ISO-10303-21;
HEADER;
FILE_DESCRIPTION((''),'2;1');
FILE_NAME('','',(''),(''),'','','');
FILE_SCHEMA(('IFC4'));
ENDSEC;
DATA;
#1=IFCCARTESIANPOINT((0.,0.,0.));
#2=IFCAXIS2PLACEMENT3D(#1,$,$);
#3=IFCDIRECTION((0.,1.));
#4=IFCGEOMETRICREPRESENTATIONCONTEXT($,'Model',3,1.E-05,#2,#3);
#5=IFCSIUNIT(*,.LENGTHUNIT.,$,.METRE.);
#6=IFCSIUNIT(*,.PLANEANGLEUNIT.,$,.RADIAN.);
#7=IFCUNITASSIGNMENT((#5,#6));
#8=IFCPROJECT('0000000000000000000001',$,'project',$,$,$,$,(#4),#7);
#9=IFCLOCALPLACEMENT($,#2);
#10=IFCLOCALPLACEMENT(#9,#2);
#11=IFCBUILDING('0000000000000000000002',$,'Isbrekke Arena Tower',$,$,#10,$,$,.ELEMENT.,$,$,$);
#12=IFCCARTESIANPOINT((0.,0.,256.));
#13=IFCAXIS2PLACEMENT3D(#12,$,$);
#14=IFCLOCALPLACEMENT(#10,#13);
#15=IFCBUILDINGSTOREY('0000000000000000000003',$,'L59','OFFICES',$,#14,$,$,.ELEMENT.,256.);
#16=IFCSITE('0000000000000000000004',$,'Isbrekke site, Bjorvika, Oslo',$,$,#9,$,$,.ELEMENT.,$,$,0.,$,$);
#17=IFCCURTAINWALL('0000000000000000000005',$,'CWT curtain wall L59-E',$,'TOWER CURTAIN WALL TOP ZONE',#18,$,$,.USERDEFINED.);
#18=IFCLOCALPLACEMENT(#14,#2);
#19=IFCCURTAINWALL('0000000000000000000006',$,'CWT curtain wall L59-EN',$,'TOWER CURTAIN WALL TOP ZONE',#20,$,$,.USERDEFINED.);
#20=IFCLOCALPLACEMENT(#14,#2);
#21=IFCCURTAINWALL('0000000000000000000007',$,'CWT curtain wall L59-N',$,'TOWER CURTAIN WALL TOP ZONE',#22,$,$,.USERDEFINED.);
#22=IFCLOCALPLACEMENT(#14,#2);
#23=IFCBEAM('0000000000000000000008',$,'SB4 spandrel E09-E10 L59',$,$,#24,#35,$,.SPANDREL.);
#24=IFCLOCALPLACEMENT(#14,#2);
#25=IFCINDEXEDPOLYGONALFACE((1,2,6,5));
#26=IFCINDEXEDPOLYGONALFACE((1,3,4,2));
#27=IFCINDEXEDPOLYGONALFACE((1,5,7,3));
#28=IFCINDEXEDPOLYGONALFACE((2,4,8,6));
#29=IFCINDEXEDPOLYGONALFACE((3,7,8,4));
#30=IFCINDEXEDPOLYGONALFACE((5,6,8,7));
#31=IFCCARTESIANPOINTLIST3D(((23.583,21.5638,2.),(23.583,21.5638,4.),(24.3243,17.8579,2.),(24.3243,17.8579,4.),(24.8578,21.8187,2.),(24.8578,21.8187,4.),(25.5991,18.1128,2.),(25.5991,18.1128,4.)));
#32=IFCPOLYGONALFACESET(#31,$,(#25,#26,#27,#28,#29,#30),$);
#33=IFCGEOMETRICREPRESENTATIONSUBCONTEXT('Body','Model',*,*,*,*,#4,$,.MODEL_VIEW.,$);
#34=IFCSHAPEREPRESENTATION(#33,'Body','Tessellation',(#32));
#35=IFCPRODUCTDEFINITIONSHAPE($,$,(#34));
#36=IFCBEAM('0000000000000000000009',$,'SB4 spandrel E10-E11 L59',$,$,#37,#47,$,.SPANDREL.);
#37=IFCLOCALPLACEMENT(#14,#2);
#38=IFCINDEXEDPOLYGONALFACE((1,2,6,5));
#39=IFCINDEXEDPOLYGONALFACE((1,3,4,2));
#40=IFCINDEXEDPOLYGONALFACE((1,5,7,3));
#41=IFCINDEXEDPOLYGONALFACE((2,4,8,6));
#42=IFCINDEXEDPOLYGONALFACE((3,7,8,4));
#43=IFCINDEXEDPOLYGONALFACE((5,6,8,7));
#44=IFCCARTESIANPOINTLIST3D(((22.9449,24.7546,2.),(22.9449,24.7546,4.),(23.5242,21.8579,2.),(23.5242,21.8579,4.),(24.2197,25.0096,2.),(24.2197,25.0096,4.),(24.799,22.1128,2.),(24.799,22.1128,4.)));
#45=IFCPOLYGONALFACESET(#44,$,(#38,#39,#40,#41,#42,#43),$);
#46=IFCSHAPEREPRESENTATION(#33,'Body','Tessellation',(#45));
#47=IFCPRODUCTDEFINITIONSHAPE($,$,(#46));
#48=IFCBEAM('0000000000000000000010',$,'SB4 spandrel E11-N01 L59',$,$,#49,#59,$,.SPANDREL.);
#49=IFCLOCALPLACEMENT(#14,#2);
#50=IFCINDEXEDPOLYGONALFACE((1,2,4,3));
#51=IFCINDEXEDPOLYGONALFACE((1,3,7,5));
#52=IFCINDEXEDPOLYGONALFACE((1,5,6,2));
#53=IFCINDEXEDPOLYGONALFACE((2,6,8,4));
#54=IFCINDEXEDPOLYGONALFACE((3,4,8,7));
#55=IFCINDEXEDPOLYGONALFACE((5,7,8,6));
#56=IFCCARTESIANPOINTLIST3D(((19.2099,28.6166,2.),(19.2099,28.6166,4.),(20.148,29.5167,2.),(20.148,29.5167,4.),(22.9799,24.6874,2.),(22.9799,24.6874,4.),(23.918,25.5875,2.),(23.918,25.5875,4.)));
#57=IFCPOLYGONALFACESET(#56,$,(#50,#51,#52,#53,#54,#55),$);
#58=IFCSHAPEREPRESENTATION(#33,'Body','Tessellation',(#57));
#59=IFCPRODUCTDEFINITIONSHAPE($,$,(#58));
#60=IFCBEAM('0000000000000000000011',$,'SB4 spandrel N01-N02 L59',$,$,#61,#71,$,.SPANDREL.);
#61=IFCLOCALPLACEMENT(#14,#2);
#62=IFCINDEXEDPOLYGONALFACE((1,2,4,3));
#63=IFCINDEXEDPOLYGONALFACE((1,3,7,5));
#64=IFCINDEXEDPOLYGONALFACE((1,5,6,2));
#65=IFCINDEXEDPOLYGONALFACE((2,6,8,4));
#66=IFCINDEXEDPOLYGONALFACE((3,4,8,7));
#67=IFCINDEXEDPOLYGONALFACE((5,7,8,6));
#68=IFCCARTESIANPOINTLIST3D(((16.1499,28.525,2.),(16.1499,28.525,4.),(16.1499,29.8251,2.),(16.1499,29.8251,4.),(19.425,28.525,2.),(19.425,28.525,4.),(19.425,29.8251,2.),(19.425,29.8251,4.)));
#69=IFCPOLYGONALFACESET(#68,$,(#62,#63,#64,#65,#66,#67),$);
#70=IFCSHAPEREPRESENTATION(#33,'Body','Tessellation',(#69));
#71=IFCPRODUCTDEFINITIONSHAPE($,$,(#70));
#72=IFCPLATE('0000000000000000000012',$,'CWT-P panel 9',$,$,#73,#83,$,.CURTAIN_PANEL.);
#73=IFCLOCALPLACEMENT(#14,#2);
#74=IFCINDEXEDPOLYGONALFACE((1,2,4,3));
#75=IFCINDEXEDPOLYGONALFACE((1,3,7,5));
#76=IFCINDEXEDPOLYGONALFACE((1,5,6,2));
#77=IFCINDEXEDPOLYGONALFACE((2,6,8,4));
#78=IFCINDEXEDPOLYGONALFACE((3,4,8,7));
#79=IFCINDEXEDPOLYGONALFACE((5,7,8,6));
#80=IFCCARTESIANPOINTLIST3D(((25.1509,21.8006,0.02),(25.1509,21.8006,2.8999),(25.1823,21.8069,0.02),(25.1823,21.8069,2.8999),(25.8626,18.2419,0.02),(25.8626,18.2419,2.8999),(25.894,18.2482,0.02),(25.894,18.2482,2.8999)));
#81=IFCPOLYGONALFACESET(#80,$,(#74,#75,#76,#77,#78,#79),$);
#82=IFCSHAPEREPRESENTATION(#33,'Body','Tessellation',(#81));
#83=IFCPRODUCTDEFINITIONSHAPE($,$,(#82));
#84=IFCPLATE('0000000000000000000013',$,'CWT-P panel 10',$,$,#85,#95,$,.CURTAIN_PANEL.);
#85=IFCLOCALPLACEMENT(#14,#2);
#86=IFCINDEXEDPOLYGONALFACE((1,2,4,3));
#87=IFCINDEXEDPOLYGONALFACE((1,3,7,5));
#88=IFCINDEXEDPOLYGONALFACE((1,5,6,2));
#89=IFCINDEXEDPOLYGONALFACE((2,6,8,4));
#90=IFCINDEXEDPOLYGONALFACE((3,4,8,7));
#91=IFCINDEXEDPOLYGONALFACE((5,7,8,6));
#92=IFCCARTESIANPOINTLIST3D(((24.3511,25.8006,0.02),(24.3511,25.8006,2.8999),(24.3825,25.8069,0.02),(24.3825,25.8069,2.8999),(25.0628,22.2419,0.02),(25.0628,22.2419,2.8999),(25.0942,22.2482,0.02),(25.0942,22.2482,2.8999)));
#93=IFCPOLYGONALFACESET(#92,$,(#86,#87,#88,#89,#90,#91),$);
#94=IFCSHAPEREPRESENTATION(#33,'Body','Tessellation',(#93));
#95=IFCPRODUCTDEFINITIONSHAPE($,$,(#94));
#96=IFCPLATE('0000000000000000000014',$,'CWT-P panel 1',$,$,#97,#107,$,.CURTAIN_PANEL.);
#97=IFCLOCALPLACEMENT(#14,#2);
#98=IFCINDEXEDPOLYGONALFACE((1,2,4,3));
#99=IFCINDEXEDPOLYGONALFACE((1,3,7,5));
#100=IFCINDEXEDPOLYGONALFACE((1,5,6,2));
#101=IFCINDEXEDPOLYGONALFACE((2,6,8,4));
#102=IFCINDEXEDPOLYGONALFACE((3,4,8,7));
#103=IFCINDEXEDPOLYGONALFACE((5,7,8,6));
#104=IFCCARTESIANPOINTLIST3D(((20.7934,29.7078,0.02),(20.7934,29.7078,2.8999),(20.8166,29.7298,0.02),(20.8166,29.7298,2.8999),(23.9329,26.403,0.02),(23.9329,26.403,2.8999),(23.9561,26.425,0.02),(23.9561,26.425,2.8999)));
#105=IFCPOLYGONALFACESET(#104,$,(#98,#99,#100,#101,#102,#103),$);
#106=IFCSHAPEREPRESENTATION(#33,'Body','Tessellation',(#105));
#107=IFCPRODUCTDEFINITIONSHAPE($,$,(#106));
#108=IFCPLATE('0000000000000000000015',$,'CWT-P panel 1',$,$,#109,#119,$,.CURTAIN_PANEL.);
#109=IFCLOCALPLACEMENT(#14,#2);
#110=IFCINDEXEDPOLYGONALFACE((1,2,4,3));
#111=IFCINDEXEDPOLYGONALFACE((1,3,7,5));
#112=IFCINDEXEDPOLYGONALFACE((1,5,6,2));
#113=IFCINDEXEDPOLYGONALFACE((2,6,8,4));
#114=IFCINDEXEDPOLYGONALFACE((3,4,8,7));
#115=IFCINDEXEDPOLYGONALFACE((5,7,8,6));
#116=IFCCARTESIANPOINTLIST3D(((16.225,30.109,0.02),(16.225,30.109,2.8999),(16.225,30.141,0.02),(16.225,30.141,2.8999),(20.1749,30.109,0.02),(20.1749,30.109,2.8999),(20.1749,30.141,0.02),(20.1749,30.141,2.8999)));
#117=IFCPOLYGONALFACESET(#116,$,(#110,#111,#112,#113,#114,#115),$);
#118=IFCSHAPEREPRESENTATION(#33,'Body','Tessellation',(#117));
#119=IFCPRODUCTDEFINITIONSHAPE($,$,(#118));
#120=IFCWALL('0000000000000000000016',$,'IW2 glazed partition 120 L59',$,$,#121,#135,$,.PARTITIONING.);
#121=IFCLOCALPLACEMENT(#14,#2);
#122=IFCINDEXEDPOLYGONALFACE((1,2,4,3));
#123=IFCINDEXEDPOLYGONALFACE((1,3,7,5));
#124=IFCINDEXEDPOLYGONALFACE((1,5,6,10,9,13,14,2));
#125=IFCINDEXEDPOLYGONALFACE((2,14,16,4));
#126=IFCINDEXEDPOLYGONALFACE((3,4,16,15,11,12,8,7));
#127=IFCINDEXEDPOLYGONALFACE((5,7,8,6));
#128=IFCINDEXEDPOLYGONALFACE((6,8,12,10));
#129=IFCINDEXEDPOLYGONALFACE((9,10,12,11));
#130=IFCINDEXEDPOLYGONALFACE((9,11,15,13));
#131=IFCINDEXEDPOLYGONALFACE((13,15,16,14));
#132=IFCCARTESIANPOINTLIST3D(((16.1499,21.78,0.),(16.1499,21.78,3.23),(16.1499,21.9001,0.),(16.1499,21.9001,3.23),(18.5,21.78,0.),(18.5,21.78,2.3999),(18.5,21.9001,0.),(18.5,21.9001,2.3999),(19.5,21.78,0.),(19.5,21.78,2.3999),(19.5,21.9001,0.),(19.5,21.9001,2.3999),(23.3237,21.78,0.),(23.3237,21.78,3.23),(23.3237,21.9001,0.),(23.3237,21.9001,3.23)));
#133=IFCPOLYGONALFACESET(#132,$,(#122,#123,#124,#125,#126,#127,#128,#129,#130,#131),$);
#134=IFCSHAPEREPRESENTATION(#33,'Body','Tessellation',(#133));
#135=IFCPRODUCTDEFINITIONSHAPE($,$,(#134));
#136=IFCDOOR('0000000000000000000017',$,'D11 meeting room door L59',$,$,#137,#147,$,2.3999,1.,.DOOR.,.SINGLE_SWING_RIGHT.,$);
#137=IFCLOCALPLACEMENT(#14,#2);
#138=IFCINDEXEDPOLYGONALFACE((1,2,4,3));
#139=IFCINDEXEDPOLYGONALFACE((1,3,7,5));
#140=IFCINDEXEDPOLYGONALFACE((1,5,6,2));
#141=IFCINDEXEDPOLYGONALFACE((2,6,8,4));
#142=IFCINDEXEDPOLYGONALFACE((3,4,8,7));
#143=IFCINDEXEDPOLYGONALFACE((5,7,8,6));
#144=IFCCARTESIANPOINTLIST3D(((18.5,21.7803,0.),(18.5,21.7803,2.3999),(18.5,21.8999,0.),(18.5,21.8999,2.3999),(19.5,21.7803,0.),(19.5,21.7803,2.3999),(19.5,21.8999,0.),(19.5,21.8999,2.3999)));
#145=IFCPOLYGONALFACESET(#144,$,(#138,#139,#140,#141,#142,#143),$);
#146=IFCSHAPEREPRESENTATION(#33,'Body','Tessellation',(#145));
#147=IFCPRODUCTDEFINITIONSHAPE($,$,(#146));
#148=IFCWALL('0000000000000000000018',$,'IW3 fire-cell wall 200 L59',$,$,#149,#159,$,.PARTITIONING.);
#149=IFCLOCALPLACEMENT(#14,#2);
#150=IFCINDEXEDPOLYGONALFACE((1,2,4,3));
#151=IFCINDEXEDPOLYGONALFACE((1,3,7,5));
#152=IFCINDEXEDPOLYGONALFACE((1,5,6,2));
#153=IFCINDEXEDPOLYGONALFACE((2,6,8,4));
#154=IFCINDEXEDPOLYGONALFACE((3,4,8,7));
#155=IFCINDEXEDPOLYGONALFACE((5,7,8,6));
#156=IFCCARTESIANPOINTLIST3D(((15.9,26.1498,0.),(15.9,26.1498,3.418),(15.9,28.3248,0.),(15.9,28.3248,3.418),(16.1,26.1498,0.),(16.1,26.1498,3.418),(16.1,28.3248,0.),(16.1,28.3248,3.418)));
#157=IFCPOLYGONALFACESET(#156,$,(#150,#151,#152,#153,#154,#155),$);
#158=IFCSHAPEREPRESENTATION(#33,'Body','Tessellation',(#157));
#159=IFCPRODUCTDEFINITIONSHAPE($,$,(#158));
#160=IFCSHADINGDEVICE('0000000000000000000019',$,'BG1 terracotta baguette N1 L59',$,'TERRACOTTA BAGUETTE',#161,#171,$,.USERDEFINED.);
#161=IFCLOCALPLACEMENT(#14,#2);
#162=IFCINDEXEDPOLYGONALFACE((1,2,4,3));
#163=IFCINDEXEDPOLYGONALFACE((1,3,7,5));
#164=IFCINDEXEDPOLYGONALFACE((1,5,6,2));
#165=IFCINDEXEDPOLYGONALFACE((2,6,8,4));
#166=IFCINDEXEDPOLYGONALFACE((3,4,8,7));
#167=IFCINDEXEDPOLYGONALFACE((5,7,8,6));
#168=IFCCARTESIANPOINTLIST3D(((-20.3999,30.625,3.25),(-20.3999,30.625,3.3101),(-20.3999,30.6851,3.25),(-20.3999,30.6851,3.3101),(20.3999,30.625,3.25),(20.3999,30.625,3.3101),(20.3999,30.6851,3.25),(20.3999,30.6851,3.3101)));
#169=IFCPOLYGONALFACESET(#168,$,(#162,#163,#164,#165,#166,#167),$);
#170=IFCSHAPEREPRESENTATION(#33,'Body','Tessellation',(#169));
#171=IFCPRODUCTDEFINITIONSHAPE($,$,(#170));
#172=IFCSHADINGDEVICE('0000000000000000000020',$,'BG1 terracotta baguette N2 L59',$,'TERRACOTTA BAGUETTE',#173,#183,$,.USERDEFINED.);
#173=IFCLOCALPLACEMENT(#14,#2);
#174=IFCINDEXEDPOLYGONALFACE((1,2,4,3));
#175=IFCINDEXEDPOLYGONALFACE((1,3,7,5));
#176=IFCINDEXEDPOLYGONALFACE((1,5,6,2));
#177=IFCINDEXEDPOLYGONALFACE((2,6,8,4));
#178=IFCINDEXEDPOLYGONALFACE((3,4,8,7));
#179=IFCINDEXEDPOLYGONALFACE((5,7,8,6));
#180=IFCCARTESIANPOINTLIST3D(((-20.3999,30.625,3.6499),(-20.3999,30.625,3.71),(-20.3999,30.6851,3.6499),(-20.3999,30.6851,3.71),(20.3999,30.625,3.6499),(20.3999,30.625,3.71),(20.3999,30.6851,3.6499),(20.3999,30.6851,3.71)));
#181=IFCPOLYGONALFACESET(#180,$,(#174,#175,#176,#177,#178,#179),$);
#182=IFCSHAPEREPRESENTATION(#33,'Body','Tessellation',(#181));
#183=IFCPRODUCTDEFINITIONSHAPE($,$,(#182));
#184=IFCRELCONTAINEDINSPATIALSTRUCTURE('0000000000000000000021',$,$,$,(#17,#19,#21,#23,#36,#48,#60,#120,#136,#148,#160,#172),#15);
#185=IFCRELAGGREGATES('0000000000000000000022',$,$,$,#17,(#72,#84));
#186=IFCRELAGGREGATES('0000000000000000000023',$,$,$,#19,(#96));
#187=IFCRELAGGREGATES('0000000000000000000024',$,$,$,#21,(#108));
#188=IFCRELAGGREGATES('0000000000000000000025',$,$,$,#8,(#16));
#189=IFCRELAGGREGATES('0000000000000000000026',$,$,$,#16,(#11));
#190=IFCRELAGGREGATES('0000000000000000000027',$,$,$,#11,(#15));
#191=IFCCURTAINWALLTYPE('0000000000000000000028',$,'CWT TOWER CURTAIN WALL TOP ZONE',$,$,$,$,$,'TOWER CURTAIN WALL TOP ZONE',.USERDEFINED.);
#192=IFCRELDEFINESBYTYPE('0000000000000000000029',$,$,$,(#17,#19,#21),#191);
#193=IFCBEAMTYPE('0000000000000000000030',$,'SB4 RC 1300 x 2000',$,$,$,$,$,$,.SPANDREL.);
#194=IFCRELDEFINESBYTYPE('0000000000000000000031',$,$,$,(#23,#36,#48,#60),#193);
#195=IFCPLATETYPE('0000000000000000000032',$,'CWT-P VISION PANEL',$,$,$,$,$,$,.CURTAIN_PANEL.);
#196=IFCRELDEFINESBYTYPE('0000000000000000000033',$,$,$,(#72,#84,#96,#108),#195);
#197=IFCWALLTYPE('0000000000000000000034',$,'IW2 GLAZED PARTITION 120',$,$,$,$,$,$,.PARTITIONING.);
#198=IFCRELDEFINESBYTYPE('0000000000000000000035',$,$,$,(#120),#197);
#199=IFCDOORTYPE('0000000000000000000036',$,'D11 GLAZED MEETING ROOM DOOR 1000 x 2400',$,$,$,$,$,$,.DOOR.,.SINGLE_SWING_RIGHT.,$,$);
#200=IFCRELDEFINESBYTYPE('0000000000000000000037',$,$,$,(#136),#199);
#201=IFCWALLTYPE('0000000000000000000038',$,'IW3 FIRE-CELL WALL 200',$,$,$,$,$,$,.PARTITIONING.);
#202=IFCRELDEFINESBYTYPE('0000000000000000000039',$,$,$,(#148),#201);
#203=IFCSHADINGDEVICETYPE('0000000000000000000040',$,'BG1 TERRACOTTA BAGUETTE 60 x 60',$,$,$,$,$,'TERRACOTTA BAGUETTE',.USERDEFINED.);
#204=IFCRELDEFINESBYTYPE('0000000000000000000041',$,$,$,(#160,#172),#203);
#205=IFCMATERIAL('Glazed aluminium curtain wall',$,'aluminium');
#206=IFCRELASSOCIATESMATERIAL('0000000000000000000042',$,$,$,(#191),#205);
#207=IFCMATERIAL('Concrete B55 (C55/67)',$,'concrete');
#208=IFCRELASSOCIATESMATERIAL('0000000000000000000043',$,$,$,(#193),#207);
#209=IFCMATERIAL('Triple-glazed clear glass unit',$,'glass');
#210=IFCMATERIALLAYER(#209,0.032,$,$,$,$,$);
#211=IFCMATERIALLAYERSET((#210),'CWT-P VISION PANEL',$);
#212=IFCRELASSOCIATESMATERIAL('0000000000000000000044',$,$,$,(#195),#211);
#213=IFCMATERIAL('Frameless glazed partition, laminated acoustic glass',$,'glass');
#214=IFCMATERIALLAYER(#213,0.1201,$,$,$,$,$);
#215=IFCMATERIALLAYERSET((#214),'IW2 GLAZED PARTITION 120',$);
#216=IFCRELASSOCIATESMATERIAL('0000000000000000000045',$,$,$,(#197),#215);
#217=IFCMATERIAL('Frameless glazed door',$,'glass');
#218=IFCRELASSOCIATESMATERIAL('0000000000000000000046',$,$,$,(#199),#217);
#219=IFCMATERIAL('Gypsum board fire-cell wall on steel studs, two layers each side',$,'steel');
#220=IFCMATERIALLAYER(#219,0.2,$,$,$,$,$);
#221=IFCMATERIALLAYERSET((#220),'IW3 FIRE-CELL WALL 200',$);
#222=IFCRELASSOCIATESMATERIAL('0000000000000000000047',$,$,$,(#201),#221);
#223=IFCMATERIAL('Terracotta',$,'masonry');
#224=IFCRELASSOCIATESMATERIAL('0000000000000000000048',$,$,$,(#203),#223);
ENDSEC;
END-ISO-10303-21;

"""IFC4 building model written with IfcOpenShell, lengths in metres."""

from ifc_helpers import new_model, si_unit, direction, frame, frame_2d, origin, origin_2d, place, context, subcontext, project, spatial, rectangle, extrude, material, layer, layer_set, material_profile, profile_set, type_object, element, fill, aggregate, save


model = new_model("IFC4")

# Units and contexts
model_context = context("Model", 3, precision=1e-05, world=origin(), true_north=direction((0.0, 1.0)))
body_context = subcontext(model_context, "Body", "Model", "MODEL_VIEW")
ifc_project = project(units=[si_unit("LENGTHUNIT", "METRE"), si_unit("PLANEANGLEUNIT", "RADIAN")], contexts=[model_context])

# Site, building, storey
site_placement = place(None, origin())
site = spatial("IfcSite", under=ifc_project, at=site_placement, Name="Isbrekke site, Bjorvika, Oslo", CompositionType="ELEMENT", RefElevation=0.0)
building_placement = place(site_placement, origin())
building = spatial("IfcBuilding", under=site, at=building_placement, Name="Isbrekke Arena Tower", CompositionType="ELEMENT")
storey_placement = place(building_placement, frame((0.0, 0.0, 256.0)))
storey = spatial("IfcBuildingStorey", under=building, at=storey_placement, Name="L59", Description="OFFICES", CompositionType="ELEMENT", Elevation=256.0)

# Curtain walls
ifc_material_1 = material(Name="Glazed aluminium curtain wall", Category="aluminium")
curtain_wall_type = type_object("IfcCurtainWallType", Name="CWT TOWER CURTAIN WALL TOP ZONE", ElementType="TOWER CURTAIN WALL TOP ZONE", PredefinedType="USERDEFINED", material=ifc_material_1)
curtain_wall_1_placement = place(storey_placement, origin())
curtain_wall_1 = element("IfcCurtainWall", 1, at=curtain_wall_1_placement, inside=storey, type_object=curtain_wall_type, Name="CWT curtain wall L59-E", ObjectType="TOWER CURTAIN WALL TOP ZONE", PredefinedType="USERDEFINED")
curtain_wall_2_placement = place(storey_placement, origin())
curtain_wall_2 = element("IfcCurtainWall", 2, at=curtain_wall_2_placement, inside=storey, type_object=curtain_wall_type, Name="CWT curtain wall L59-EN", ObjectType="TOWER CURTAIN WALL TOP ZONE", PredefinedType="USERDEFINED")
curtain_wall_3_placement = place(storey_placement, origin())
curtain_wall_3 = element("IfcCurtainWall", 3, at=curtain_wall_3_placement, inside=storey, type_object=curtain_wall_type, Name="CWT curtain wall L59-N", ObjectType="TOWER CURTAIN WALL TOP ZONE", PredefinedType="USERDEFINED")

# Beams
ifc_material_2 = material(Name="Concrete B55 (C55/67)", Category="concrete")
ifc_material_profile_1 = material_profile(ifc_material_2, rectangle(XDim=1.3, YDim=2.0, at=origin_2d()), Name="RC 1300x2000")
ifc_profile_set_1 = profile_set([ifc_material_profile_1], Name="Concrete B55 (C55/67)")
beam_type_1 = type_object("IfcBeamType", Name="SB4 RC 1300 x 2000", PredefinedType="SPANDREL", material=ifc_profile_set_1)
beam_1_placement = place(storey_placement, frame((24.9617, 17.9854, 3.0), z_axis=(-0.196129, 0.980578, 0.0), x_axis=(-0.980578, -0.196129, 0.0)))
element("IfcBeam", 4, at=beam_1_placement, inside=storey, type_object=beam_type_1, Name="SB4 spandrel E09-E10 L59", PredefinedType="SPANDREL", context=body_context, shape_type="SweptSolid", body=[
    extrude(rectangle(XDim=1.3, YDim=2.0, at=origin_2d()), origin(), (0.0, 0.0, 1.0), 3.7793),
])
beam_2_placement = place(storey_placement, frame((24.1616, 21.9854, 3.0), z_axis=(-0.196116, 0.980581, 0.0), x_axis=(-0.980581, -0.196116, 0.0)))
element("IfcBeam", 5, at=beam_2_placement, inside=storey, type_object=beam_type_1, Name="SB4 spandrel E10-E11 L59", PredefinedType="SPANDREL", context=body_context, shape_type="SweptSolid", body=[
    extrude(rectangle(XDim=1.3, YDim=2.0, at=origin_2d()), origin(), (0.0, 0.0, 1.0), 2.9541),
])
beam_3_placement = place(storey_placement, frame((23.449, 25.1375, 3.0), z_axis=(-0.69234, 0.721572, 0.0), x_axis=(-0.721572, -0.69234, 0.0)))
element("IfcBeam", 6, at=beam_3_placement, inside=storey, type_object=beam_type_1, Name="SB4 spandrel E11-N01 L59", PredefinedType="SPANDREL", context=body_context, shape_type="SweptSolid", body=[
    extrude(rectangle(XDim=1.3, YDim=2.0, at=origin_2d()), origin(), (0.0, 0.0, 1.0), 5.4453),
])
beam_4_placement = place(storey_placement, frame((19.425, 29.175, 3.0), z_axis=(-1.0, 0.0, 0.0), x_axis=(0.0, -1.0, 0.0)))
element("IfcBeam", 7, at=beam_4_placement, inside=storey, type_object=beam_type_1, Name="SB4 spandrel N01-N02 L59", PredefinedType="SPANDREL", context=body_context, shape_type="SweptSolid", body=[
    extrude(rectangle(XDim=1.3, YDim=2.0, at=origin_2d()), origin(), (0.0, 0.0, 1.0), 3.2751),
])

# Plates
ifc_material_3 = material(Name="Triple-glazed clear glass unit", Category="glass")
ifc_layer_1 = layer(ifc_material_3, 0.032)
ifc_layer_set_1 = layer_set([ifc_layer_1], Name="CWT-P VISION PANEL")
plate_type = type_object("IfcPlateType", Name="CWT-P VISION PANEL", PredefinedType="CURTAIN_PANEL", material=ifc_layer_set_1)
plate_1_placement = place(storey_placement, frame((25.5225, 20.0244, 0.02), z_axis=(0.0, 0.0, 1.0), x_axis=(-0.196116, 0.980581, 0.0)))
plate_1 = element("IfcPlate", 8, at=plate_1_placement, type_object=plate_type, Name="CWT-P panel 9", PredefinedType="CURTAIN_PANEL", context=body_context, shape_type="SweptSolid", body=[
    extrude(rectangle(XDim=3.6292, YDim=0.032, at=origin_2d()), origin(), (0.0, 0.0, 1.0), 2.8799),
])
plate_2_placement = place(storey_placement, frame((24.7227, 24.0244, 0.02), z_axis=(0.0, 0.0, 1.0), x_axis=(-0.196116, 0.980581, 0.0)))
plate_2 = element("IfcPlate", 9, at=plate_2_placement, type_object=plate_type, Name="CWT-P panel 10", PredefinedType="CURTAIN_PANEL", context=body_context, shape_type="SweptSolid", body=[
    extrude(rectangle(XDim=3.6292, YDim=0.032, at=origin_2d()), origin(), (0.0, 0.0, 1.0), 2.8799),
])
aggregate(curtain_wall_1, [plate_1, plate_2])
plate_3_placement = place(storey_placement, frame((22.3748, 28.0664, 0.02), z_axis=(0.0, 0.0, 1.0), x_axis=(-0.688749, 0.724999, 0.0)))
plate_3 = element("IfcPlate", 10, at=plate_3_placement, type_object=plate_type, Name="CWT-P panel 1", PredefinedType="CURTAIN_PANEL", context=body_context, shape_type="SweptSolid", body=[
    extrude(rectangle(XDim=4.5583, YDim=0.032, at=origin_2d()), origin(), (0.0, 0.0, 1.0), 2.8799),
])
aggregate(curtain_wall_2, [plate_3])
plate_4_placement = place(storey_placement, frame((18.2, 30.125, 0.02), z_axis=(0.0, 0.0, 1.0), x_axis=(-1.0, 0.0, 0.0)))
plate_4 = element("IfcPlate", 11, at=plate_4_placement, type_object=plate_type, Name="CWT-P panel 1", PredefinedType="CURTAIN_PANEL", context=body_context, shape_type="SweptSolid", body=[
    extrude(rectangle(XDim=3.95, YDim=0.032, at=origin_2d()), origin(), (0.0, 0.0, 1.0), 2.8799),
])
aggregate(curtain_wall_3, [plate_4])

# Wall, opening, door
ifc_material_4 = material(Name="Frameless glazed partition, laminated acoustic glass", Category="glass")
ifc_layer_2 = layer(ifc_material_4, 0.1201)
ifc_layer_set_2 = layer_set([ifc_layer_2], Name="IW2 GLAZED PARTITION 120")
wall_type_1 = type_object("IfcWallType", Name="IW2 GLAZED PARTITION 120", PredefinedType="PARTITIONING", material=ifc_layer_set_2)
wall_1_placement = place(storey_placement, frame((16.1499, 21.8401, 0.0), z_axis=(0.0, 0.0, 1.0), x_axis=(1.0, 0.0, 0.0)))
wall_1 = element("IfcWall", 12, at=wall_1_placement, inside=storey, type_object=wall_type_1, Name="IW2 glazed partition 120 L59", PredefinedType="PARTITIONING", context=body_context, shape_type="SweptSolid", body=[
    extrude(rectangle(XDim=7.1738, YDim=0.1201, at=frame_2d((3.5869, 0.0))), origin(), (0.0, 0.0, 1.0), 3.23),
])
opening_placement = place(wall_1_placement, frame((2.3501, 0.0, 0.0)))
opening = element("IfcOpeningElement", 13, at=opening_placement, cuts=wall_1, PredefinedType="OPENING", context=body_context, shape_type="SweptSolid", body=[
    extrude(rectangle(XDim=1.0, YDim=2.3999, at=frame_2d((0.5, 1.2))), frame((0.0, 0.075, 0.0), z_axis=(0.0, -1.0, 0.0), x_axis=(1.0, 0.0, 0.0)), (0.0, 0.0, 1.0), 0.1499),
])
ifc_material_5 = material(Name="Frameless glazed door", Category="glass")
door_type = type_object("IfcDoorType", Name="D11 GLAZED MEETING ROOM DOOR 1000 x 2400", OperationType="SINGLE_SWING_RIGHT", PredefinedType="DOOR", material=ifc_material_5)
door_placement = place(opening_placement, origin())
door = element("IfcDoor", 14, at=door_placement, inside=storey, type_object=door_type, Name="D11 meeting room door L59", OperationType="SINGLE_SWING_RIGHT", OverallHeight=2.3999, OverallWidth=1.0, PredefinedType="DOOR", context=body_context, shape_type="SweptSolid", body=[
    extrude(rectangle(XDim=1.0, YDim=2.3999, at=frame_2d((0.5, 1.2))), frame((0.0, 0.0598, 0.0), z_axis=(0.0, -1.0, 0.0), x_axis=(1.0, 0.0, 0.0)), (0.0, 0.0, 1.0), 0.1196),
])
fill(opening, door)

# Wall
ifc_material_6 = material(Name="Gypsum board fire-cell wall on steel studs, two layers each side", Category="steel")
ifc_layer_3 = layer(ifc_material_6, 0.2)
ifc_layer_set_3 = layer_set([ifc_layer_3], Name="IW3 FIRE-CELL WALL 200")
wall_type_2 = type_object("IfcWallType", Name="IW3 FIRE-CELL WALL 200", PredefinedType="PARTITIONING", material=ifc_layer_set_3)
wall_2_placement = place(storey_placement, frame((16.0, 26.1499, 0.0), z_axis=(0.0, 0.0, 1.0), x_axis=(0.0, 1.0, 0.0)))
element("IfcWall", 15, at=wall_2_placement, inside=storey, type_object=wall_type_2, Name="IW3 fire-cell wall 200 L59", PredefinedType="PARTITIONING", context=body_context, shape_type="SweptSolid", body=[
    extrude(rectangle(XDim=2.175, YDim=0.2, at=frame_2d((1.0874, 0.0))), origin(), (0.0, 0.0, 1.0), 3.418),
])

# Shading devices
ifc_material_7 = material(Name="Terracotta", Category="masonry")
ifc_material_profile_2 = material_profile(ifc_material_7, rectangle(XDim=0.0601, YDim=0.0601, at=origin_2d()), Name="BAGUETTE 60X60")
ifc_profile_set_2 = profile_set([ifc_material_profile_2], Name="Terracotta")
shading_device_type = type_object("IfcShadingDeviceType", Name="BG1 TERRACOTTA BAGUETTE 60 x 60", ElementType="TERRACOTTA BAGUETTE", PredefinedType="USERDEFINED", material=ifc_profile_set_2)
for number, where, z_axis, x_axis, name in (
    (16, (20.3999, 30.655, 3.28), (-1.0, 0.0, 0.0), (0.0, -1.0, 0.0), "BG1 terracotta baguette N1 L59"),
    (17, (20.3999, 30.655, 3.6799), (-1.0, 0.0, 0.0), (0.0, -1.0, 0.0), "BG1 terracotta baguette N2 L59"),
):
    element("IfcShadingDevice", number, at=place(storey_placement, frame(where, z_axis=z_axis, x_axis=x_axis)), inside=storey, type_object=shading_device_type, Name=name, ObjectType="TERRACOTTA BAGUETTE", PredefinedType="USERDEFINED", context=body_context, shape_type="SweptSolid", body=[
        extrude(rectangle(XDim=0.0601, YDim=0.0601, at=origin_2d()), origin(), (0.0, 0.0, 1.0), 40.7998),
    ])

save(model, "model.ifc")
